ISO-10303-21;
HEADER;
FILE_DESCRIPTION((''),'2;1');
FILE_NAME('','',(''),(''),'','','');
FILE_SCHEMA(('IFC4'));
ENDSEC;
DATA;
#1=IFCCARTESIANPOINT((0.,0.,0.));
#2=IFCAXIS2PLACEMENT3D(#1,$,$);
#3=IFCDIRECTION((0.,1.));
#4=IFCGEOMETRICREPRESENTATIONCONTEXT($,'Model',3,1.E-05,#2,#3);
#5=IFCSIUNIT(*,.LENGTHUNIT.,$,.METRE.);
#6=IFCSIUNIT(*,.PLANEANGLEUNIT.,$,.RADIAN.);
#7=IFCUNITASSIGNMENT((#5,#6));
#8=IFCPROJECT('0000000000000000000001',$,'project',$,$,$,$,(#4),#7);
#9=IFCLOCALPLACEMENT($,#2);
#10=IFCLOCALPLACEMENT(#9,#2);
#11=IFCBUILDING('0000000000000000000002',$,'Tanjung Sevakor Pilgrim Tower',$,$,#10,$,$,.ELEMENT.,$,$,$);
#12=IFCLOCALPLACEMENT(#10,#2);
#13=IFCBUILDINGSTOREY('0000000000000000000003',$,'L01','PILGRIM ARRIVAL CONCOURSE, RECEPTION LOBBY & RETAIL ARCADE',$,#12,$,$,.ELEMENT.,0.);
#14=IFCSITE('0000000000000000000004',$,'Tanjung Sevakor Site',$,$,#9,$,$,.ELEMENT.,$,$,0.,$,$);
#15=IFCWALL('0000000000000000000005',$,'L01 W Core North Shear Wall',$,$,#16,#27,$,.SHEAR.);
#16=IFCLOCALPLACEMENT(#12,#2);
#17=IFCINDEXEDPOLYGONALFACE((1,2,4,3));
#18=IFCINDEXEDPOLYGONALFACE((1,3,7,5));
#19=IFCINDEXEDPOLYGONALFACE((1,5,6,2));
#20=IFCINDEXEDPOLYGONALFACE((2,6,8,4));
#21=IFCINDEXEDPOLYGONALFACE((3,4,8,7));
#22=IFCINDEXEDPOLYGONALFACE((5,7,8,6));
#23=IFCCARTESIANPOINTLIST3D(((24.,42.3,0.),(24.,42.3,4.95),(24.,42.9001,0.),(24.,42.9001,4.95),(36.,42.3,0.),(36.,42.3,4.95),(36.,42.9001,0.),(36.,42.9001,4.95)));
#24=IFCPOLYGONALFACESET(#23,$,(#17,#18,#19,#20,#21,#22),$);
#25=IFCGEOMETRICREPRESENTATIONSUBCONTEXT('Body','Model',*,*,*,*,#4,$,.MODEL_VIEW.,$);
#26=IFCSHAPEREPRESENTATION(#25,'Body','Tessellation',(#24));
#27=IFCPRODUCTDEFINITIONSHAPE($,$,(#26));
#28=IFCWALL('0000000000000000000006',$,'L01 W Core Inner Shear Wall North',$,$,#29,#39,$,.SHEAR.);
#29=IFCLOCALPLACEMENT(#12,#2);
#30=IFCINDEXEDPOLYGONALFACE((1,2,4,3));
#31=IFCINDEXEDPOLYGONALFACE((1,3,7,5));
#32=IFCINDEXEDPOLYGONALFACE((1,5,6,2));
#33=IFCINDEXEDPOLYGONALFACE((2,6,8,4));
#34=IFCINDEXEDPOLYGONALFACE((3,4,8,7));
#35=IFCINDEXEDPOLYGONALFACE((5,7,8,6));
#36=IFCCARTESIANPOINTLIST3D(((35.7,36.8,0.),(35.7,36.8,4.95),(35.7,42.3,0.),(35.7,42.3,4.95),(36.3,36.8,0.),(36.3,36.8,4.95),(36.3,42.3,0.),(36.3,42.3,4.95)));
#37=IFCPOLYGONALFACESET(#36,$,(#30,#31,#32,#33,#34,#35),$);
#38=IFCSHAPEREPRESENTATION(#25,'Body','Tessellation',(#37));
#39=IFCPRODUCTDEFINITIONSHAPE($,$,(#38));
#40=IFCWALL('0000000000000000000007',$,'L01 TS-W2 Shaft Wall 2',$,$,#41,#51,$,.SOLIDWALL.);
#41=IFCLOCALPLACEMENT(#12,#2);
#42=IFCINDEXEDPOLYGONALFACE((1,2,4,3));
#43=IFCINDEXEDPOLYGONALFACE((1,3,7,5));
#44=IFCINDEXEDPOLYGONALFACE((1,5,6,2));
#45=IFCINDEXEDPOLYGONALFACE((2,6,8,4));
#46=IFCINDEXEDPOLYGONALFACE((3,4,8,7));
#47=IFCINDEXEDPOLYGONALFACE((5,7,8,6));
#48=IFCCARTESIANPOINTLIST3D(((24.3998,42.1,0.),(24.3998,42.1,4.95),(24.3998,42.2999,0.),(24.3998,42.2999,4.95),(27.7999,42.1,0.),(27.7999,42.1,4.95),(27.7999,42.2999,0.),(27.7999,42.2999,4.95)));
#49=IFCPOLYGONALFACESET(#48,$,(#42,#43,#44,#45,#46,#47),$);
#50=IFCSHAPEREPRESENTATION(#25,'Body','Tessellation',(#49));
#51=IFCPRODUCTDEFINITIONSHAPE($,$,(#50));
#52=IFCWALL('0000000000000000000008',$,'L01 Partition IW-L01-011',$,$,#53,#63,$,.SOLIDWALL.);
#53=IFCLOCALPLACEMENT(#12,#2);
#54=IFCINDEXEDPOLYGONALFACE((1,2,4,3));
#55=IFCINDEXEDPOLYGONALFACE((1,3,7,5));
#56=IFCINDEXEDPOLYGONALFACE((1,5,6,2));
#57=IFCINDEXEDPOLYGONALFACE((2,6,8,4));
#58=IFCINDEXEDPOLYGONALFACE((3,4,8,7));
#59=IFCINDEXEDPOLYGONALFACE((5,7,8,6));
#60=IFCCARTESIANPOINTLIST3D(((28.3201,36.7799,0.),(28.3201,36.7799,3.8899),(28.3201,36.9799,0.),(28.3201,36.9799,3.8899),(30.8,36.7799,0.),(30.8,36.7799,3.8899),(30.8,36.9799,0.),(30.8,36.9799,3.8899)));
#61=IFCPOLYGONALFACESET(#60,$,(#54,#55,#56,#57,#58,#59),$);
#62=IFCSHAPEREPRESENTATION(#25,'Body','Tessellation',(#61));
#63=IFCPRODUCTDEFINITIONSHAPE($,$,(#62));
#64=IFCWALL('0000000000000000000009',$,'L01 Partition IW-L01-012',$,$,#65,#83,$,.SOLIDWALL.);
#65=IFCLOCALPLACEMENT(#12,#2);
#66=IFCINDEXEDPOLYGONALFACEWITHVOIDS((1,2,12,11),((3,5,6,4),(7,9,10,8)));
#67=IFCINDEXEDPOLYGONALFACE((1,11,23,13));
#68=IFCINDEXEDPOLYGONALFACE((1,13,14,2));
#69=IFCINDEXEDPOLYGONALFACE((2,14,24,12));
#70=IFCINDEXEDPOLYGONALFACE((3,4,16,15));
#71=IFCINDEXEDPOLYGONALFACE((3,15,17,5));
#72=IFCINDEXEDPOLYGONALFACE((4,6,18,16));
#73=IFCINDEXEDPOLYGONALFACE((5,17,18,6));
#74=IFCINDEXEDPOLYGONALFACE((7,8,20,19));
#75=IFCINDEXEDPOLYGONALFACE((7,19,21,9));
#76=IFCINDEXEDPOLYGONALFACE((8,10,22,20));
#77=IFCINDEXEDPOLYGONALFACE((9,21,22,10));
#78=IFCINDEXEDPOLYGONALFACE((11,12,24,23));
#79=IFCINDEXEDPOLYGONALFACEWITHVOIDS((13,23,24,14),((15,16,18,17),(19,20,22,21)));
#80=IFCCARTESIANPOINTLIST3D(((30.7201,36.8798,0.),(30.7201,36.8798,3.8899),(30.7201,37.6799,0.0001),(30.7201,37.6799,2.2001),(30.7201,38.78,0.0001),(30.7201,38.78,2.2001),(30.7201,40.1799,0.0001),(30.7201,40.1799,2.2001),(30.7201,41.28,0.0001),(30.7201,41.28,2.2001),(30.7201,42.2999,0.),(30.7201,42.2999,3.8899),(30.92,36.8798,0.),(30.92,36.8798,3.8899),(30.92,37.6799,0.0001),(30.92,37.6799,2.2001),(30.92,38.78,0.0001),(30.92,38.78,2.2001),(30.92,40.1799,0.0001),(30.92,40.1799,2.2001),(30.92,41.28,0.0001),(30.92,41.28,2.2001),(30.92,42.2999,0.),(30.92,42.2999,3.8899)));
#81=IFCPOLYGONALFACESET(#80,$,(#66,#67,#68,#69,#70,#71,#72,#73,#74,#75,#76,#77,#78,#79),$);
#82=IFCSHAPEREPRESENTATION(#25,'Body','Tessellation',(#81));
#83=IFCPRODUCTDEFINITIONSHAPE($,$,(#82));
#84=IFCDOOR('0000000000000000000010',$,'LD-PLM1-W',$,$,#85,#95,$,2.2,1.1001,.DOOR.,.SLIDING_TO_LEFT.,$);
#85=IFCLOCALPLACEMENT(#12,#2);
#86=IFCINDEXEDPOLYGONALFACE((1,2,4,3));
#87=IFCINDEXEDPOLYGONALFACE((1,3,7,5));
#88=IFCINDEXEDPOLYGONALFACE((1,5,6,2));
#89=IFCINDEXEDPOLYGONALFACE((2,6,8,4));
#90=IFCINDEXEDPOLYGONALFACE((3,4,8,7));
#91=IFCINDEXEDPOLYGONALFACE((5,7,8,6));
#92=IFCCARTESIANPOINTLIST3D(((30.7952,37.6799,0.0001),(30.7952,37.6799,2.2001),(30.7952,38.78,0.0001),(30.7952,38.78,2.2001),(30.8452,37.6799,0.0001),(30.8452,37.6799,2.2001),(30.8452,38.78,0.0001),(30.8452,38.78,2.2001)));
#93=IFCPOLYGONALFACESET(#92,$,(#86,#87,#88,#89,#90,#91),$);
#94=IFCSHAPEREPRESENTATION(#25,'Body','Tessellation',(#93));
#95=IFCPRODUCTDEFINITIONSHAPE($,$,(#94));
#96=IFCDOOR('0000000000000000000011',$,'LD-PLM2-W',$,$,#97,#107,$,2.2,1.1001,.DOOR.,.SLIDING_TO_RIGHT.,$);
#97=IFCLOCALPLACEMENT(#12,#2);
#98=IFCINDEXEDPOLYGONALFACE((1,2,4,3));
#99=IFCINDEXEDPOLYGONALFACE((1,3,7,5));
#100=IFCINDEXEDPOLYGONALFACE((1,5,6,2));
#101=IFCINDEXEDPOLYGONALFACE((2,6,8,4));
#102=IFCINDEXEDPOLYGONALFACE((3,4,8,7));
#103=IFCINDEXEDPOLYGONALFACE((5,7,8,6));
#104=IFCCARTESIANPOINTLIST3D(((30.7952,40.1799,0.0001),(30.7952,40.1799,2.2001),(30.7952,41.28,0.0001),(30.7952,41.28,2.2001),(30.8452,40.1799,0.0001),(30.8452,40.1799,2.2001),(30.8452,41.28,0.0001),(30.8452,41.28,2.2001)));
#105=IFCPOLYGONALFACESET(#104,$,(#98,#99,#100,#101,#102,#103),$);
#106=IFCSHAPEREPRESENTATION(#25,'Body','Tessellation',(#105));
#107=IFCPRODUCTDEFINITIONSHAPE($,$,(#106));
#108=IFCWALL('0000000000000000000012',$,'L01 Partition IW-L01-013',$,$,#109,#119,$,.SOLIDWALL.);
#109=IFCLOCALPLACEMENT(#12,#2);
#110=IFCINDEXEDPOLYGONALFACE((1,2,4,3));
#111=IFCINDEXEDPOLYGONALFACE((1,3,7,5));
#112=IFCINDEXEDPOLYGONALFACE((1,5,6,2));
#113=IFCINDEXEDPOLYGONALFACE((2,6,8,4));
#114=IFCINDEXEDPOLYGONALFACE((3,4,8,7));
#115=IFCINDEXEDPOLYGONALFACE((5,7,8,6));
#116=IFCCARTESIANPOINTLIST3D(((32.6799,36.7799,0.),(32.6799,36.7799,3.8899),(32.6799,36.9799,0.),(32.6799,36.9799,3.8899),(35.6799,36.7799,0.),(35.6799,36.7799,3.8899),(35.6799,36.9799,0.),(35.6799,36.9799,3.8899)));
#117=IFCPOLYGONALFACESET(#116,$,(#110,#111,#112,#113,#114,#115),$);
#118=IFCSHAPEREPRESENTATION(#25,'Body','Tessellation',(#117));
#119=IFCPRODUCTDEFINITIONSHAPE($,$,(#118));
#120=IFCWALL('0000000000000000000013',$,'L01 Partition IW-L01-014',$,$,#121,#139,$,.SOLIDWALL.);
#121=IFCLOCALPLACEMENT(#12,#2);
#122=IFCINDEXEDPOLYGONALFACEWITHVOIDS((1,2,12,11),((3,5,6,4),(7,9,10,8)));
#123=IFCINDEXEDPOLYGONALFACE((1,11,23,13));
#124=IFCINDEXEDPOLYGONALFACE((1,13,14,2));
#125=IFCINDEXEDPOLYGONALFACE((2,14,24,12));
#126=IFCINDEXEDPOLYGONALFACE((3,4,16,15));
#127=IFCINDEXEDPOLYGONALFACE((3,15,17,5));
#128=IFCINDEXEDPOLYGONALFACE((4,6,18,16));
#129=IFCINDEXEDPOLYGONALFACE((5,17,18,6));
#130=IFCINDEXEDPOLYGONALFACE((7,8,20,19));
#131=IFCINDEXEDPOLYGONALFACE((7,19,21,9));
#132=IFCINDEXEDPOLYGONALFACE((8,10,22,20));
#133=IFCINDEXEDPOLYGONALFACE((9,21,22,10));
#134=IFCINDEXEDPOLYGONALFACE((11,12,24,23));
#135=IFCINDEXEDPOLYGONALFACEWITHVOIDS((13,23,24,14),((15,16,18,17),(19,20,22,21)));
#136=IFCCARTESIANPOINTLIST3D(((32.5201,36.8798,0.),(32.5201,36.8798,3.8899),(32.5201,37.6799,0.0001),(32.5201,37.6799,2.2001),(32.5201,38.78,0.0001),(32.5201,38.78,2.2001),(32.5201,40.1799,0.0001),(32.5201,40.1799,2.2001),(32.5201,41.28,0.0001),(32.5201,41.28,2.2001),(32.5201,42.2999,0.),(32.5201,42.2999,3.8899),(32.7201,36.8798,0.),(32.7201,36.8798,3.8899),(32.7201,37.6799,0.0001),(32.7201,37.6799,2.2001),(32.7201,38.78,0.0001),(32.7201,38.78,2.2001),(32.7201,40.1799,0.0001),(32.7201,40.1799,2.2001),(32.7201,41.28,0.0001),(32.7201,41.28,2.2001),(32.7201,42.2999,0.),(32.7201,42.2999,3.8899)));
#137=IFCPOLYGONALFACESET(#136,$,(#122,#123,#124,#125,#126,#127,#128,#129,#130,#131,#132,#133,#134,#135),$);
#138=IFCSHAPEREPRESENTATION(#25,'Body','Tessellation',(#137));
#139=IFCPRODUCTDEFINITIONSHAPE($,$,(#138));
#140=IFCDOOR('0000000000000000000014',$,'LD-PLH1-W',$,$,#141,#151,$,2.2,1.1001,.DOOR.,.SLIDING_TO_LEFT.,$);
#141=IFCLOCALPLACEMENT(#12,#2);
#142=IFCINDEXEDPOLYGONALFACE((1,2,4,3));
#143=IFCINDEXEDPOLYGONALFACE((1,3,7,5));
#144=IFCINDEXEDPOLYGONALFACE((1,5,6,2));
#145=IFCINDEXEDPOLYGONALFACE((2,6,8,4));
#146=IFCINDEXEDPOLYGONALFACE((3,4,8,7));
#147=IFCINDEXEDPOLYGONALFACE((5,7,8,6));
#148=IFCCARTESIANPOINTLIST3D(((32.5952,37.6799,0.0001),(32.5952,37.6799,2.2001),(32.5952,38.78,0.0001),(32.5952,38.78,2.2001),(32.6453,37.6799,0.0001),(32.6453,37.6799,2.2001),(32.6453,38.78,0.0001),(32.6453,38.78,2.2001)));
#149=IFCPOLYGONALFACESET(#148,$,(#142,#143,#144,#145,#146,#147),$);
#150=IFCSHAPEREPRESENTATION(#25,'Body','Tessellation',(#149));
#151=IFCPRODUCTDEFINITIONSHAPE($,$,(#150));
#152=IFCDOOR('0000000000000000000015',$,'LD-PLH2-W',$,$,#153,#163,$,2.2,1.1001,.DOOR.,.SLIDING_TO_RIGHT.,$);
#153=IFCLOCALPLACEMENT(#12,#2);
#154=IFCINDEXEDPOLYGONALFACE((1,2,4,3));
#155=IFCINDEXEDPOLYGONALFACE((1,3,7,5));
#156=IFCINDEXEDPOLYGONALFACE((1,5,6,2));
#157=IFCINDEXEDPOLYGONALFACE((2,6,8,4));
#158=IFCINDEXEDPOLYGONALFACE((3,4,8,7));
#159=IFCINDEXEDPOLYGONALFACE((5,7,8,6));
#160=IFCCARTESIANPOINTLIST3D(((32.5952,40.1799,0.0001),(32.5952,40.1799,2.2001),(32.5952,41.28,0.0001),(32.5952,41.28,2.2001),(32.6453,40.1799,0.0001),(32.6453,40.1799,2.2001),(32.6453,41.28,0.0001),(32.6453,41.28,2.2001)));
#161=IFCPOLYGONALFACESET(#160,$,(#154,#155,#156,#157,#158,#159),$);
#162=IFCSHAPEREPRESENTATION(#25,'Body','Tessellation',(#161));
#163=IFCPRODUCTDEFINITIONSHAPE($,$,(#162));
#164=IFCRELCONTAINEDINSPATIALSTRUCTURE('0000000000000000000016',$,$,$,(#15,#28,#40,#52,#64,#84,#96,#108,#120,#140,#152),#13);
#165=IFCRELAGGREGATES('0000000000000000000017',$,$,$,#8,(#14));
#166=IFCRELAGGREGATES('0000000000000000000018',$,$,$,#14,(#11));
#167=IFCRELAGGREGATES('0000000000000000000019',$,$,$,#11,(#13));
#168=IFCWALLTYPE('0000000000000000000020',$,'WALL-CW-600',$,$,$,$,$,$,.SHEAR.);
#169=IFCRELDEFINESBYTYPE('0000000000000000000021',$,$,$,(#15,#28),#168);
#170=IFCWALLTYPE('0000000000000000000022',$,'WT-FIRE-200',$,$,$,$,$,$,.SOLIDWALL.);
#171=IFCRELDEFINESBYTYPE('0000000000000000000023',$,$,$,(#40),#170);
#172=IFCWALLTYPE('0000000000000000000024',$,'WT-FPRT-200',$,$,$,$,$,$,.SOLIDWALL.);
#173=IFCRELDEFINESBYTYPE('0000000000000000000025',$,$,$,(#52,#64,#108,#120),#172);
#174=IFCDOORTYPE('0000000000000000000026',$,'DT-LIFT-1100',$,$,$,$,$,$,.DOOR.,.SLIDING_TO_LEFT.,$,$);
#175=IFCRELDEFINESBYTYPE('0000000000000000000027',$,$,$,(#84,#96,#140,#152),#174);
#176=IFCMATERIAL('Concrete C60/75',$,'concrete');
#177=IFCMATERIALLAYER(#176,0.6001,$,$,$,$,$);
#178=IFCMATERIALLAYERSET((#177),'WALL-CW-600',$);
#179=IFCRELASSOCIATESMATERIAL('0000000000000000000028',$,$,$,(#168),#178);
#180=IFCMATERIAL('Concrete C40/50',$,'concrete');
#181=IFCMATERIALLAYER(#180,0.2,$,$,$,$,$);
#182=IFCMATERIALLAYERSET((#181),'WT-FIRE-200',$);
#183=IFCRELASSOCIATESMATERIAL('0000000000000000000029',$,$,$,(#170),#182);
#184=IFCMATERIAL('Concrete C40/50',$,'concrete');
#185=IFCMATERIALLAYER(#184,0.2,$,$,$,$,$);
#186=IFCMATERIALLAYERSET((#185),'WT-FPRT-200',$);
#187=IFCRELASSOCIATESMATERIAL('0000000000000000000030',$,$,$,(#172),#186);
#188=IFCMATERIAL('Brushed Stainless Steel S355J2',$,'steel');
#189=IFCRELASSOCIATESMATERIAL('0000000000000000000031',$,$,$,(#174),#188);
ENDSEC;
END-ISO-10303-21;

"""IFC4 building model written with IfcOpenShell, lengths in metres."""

from ifc_helpers import new_model, si_unit, direction, frame, frame_2d, origin, place, context, subcontext, project, spatial, rectangle, extrude, material, layer, layer_set, type_object, element, fill, save


model = new_model("IFC4")

# Units and contexts
model_context = context("Model", 3, precision=1e-05, world=origin(), true_north=direction((0.0, 1.0)))
body_context = subcontext(model_context, "Body", "Model", "MODEL_VIEW")
ifc_project = project(units=[si_unit("LENGTHUNIT", "METRE"), si_unit("PLANEANGLEUNIT", "RADIAN")], contexts=[model_context])

# Site, building, storey
site_placement = place(None, origin())
site = spatial("IfcSite", under=ifc_project, at=site_placement, Name="Tanjung Sevakor Site", CompositionType="ELEMENT", RefElevation=0.0)
building_placement = place(site_placement, origin())
building = spatial("IfcBuilding", under=site, at=building_placement, Name="Tanjung Sevakor Pilgrim Tower", CompositionType="ELEMENT")
storey_placement = place(building_placement, origin())
storey = spatial("IfcBuildingStorey", under=building, at=storey_placement, Name="L01", Description="PILGRIM ARRIVAL CONCOURSE, RECEPTION LOBBY & RETAIL ARCADE", CompositionType="ELEMENT", Elevation=0.0)

# Walls
ifc_material_1 = material(Name="Concrete C60/75", Category="concrete")
ifc_layer_1 = layer(ifc_material_1, 0.6001)
ifc_layer_set_1 = layer_set([ifc_layer_1], Name="WALL-CW-600")
wall_type_1 = type_object("IfcWallType", Name="WALL-CW-600", PredefinedType="SHEAR", material=ifc_layer_set_1)
wall_1_placement = place(storey_placement, frame((36.0, 42.6001, 0.0), z_axis=(0.0, 0.0, 1.0), x_axis=(-1.0, 0.0, 0.0)))
element("IfcWall", 1, at=wall_1_placement, inside=storey, type_object=wall_type_1, Name="L01 W Core North Shear Wall", PredefinedType="SHEAR", context=body_context, shape_type="SweptSolid", body=[
    extrude(rectangle(XDim=12.0, YDim=0.6001, at=frame_2d((6.0, 0.0))), origin(), (0.0, 0.0, 1.0), 4.95),
])
wall_2_placement = place(storey_placement, frame((36.0, 36.8, 0.0), z_axis=(0.0, 0.0, 1.0), x_axis=(0.0, 1.0, 0.0)))
element("IfcWall", 2, at=wall_2_placement, inside=storey, type_object=wall_type_1, Name="L01 W Core Inner Shear Wall North", PredefinedType="SHEAR", context=body_context, shape_type="SweptSolid", body=[
    extrude(rectangle(XDim=5.5, YDim=0.6001, at=frame_2d((2.75, 0.0))), origin(), (0.0, 0.0, 1.0), 4.95),
])
ifc_material_2 = material(Name="Concrete C40/50", Category="concrete")
ifc_layer_2 = layer(ifc_material_2, 0.2)
ifc_layer_set_2 = layer_set([ifc_layer_2], Name="WT-FIRE-200")
wall_type_2 = type_object("IfcWallType", Name="WT-FIRE-200", PredefinedType="SOLIDWALL", material=ifc_layer_set_2)
wall_3_placement = place(storey_placement, frame((27.8, 42.2, 0.0), z_axis=(0.0, 0.0, 1.0), x_axis=(-1.0, 0.0, 0.0)))
element("IfcWall", 3, at=wall_3_placement, inside=storey, type_object=wall_type_2, Name="L01 TS-W2 Shaft Wall 2", PredefinedType="SOLIDWALL", context=body_context, shape_type="SweptSolid", body=[
    extrude(rectangle(XDim=3.4001, YDim=0.2, at=frame_2d((1.7002, 0.0))), origin(), (0.0, 0.0, 1.0), 4.95),
])
ifc_material_3 = material(Name="Concrete C40/50", Category="concrete")
ifc_layer_3 = layer(ifc_material_3, 0.2)
ifc_layer_set_3 = layer_set([ifc_layer_3], Name="WT-FPRT-200")
wall_type_3 = type_object("IfcWallType", Name="WT-FPRT-200", PredefinedType="SOLIDWALL", material=ifc_layer_set_3)
wall_4_placement = place(storey_placement, frame((28.3201, 36.8799, 0.0), z_axis=(0.0, 0.0, 1.0), x_axis=(1.0, 0.0, 0.0)))
element("IfcWall", 4, at=wall_4_placement, inside=storey, type_object=wall_type_3, Name="L01 Partition IW-L01-011", PredefinedType="SOLIDWALL", context=body_context, shape_type="SweptSolid", body=[
    extrude(rectangle(XDim=2.48, YDim=0.2, at=frame_2d((1.24, 0.0))), origin(), (0.0, 0.0, 1.0), 3.8899),
])

# Wall, openings, doors
wall_5_placement = place(storey_placement, frame((30.8201, 36.8799, 0.0), z_axis=(0.0, 0.0, 1.0), x_axis=(0.0, 1.0, 0.0)))
wall_5 = element("IfcWall", 5, at=wall_5_placement, inside=storey, type_object=wall_type_3, Name="L01 Partition IW-L01-012", PredefinedType="SOLIDWALL", context=body_context, shape_type="SweptSolid", body=[
    extrude(rectangle(XDim=5.4202, YDim=0.2, at=frame_2d((2.71, 0.0))), origin(), (0.0, 0.0, 1.0), 3.8899),
])
opening_1_placement = place(wall_5_placement, frame((0.8, 0.0, 0.0)))
opening_1 = element("IfcOpeningElement", 6, at=opening_1_placement, cuts=wall_5, PredefinedType="OPENING", context=body_context, shape_type="SweptSolid", body=[
    extrude(rectangle(XDim=1.1001, YDim=2.2, at=frame_2d((0.55, 1.1001))), frame((0.0, 0.1099, 0.0), z_axis=(0.0, -1.0, 0.0), x_axis=(1.0, 0.0, 0.0)), (0.0, 0.0, 1.0), 0.22),
])
opening_2_placement = place(wall_5_placement, frame((3.3, 0.0, 0.0)))
opening_2 = element("IfcOpeningElement", 7, at=opening_2_placement, cuts=wall_5, PredefinedType="OPENING", context=body_context, shape_type="SweptSolid", body=[
    extrude(rectangle(XDim=1.1001, YDim=2.2, at=frame_2d((0.55, 1.1001))), frame((0.0, 0.1099, 0.0), z_axis=(0.0, -1.0, 0.0), x_axis=(1.0, 0.0, 0.0)), (0.0, 0.0, 1.0), 0.22),
])
ifc_material_4 = material(Name="Brushed Stainless Steel S355J2", Category="steel")
door_type = type_object("IfcDoorType", Name="DT-LIFT-1100", OperationType="SLIDING_TO_LEFT", PredefinedType="DOOR", material=ifc_material_4)
door_1_placement = place(opening_1_placement, origin())
door_1 = element("IfcDoor", 8, at=door_1_placement, inside=storey, type_object=door_type, Name="LD-PLM1-W", OperationType="SLIDING_TO_LEFT", OverallHeight=2.2, OverallWidth=1.1001, PredefinedType="DOOR", context=body_context, shape_type="SweptSolid", body=[
    extrude(rectangle(XDim=1.1001, YDim=2.2, at=frame_2d((0.55, 1.1001))), frame((0.0, 0.0249, 0.0), z_axis=(0.0, -1.0, 0.0), x_axis=(1.0, 0.0, 0.0)), (0.0, 0.0, 1.0), 0.05),
])
fill(opening_1, door_1)
door_2_placement = place(opening_2_placement, origin())
door_2 = element("IfcDoor", 9, at=door_2_placement, inside=storey, type_object=door_type, Name="LD-PLM2-W", OperationType="SLIDING_TO_RIGHT", OverallHeight=2.2, OverallWidth=1.1001, PredefinedType="DOOR", context=body_context, shape_type="SweptSolid", body=[
    extrude(rectangle(XDim=1.1001, YDim=2.2, at=frame_2d((0.55, 1.1001))), frame((0.0, 0.0249, 0.0), z_axis=(0.0, -1.0, 0.0), x_axis=(1.0, 0.0, 0.0)), (0.0, 0.0, 1.0), 0.05),
])
fill(opening_2, door_2)

# Wall
wall_6_placement = place(storey_placement, frame((32.6799, 36.8799, 0.0), z_axis=(0.0, 0.0, 1.0), x_axis=(1.0, 0.0, 0.0)))
element("IfcWall", 10, at=wall_6_placement, inside=storey, type_object=wall_type_3, Name="L01 Partition IW-L01-013", PredefinedType="SOLIDWALL", context=body_context, shape_type="SweptSolid", body=[
    extrude(rectangle(XDim=3.0, YDim=0.2, at=frame_2d((1.5, 0.0))), origin(), (0.0, 0.0, 1.0), 3.8899),
])

# Wall, openings, doors
wall_7_placement = place(storey_placement, frame((32.6201, 36.8799, 0.0), z_axis=(0.0, 0.0, 1.0), x_axis=(0.0, 1.0, 0.0)))
wall_7 = element("IfcWall", 11, at=wall_7_placement, inside=storey, type_object=wall_type_3, Name="L01 Partition IW-L01-014", PredefinedType="SOLIDWALL", context=body_context, shape_type="SweptSolid", body=[
    extrude(rectangle(XDim=5.4202, YDim=0.2, at=frame_2d((2.71, 0.0))), origin(), (0.0, 0.0, 1.0), 3.8899),
])
opening_3_placement = place(wall_7_placement, frame((0.8, 0.0, 0.0)))
opening_3 = element("IfcOpeningElement", 12, at=opening_3_placement, cuts=wall_7, PredefinedType="OPENING", context=body_context, shape_type="SweptSolid", body=[
    extrude(rectangle(XDim=1.1001, YDim=2.2, at=frame_2d((0.55, 1.1001))), frame((0.0, 0.1099, 0.0), z_axis=(0.0, -1.0, 0.0), x_axis=(1.0, 0.0, 0.0)), (0.0, 0.0, 1.0), 0.22),
])
opening_4_placement = place(wall_7_placement, frame((3.3, 0.0, 0.0)))
opening_4 = element("IfcOpeningElement", 13, at=opening_4_placement, cuts=wall_7, PredefinedType="OPENING", context=body_context, shape_type="SweptSolid", body=[
    extrude(rectangle(XDim=1.1001, YDim=2.2, at=frame_2d((0.55, 1.1001))), frame((0.0, 0.1099, 0.0), z_axis=(0.0, -1.0, 0.0), x_axis=(1.0, 0.0, 0.0)), (0.0, 0.0, 1.0), 0.22),
])
door_3_placement = place(opening_3_placement, origin())
door_3 = element("IfcDoor", 14, at=door_3_placement, inside=storey, type_object=door_type, Name="LD-PLH1-W", OperationType="SLIDING_TO_LEFT", OverallHeight=2.2, OverallWidth=1.1001, PredefinedType="DOOR", context=body_context, shape_type="SweptSolid", body=[
    extrude(rectangle(XDim=1.1001, YDim=2.2, at=frame_2d((0.55, 1.1001))), frame((0.0, 0.0249, 0.0), z_axis=(0.0, -1.0, 0.0), x_axis=(1.0, 0.0, 0.0)), (0.0, 0.0, 1.0), 0.05),
])
fill(opening_3, door_3)
door_4_placement = place(opening_4_placement, origin())
door_4 = element("IfcDoor", 15, at=door_4_placement, inside=storey, type_object=door_type, Name="LD-PLH2-W", OperationType="SLIDING_TO_RIGHT", OverallHeight=2.2, OverallWidth=1.1001, PredefinedType="DOOR", context=body_context, shape_type="SweptSolid", body=[
    extrude(rectangle(XDim=1.1001, YDim=2.2, at=frame_2d((0.55, 1.1001))), frame((0.0, 0.0249, 0.0), z_axis=(0.0, -1.0, 0.0), x_axis=(1.0, 0.0, 0.0)), (0.0, 0.0, 1.0), 0.05),
])
fill(opening_4, door_4)

save(model, "model.ifc")
